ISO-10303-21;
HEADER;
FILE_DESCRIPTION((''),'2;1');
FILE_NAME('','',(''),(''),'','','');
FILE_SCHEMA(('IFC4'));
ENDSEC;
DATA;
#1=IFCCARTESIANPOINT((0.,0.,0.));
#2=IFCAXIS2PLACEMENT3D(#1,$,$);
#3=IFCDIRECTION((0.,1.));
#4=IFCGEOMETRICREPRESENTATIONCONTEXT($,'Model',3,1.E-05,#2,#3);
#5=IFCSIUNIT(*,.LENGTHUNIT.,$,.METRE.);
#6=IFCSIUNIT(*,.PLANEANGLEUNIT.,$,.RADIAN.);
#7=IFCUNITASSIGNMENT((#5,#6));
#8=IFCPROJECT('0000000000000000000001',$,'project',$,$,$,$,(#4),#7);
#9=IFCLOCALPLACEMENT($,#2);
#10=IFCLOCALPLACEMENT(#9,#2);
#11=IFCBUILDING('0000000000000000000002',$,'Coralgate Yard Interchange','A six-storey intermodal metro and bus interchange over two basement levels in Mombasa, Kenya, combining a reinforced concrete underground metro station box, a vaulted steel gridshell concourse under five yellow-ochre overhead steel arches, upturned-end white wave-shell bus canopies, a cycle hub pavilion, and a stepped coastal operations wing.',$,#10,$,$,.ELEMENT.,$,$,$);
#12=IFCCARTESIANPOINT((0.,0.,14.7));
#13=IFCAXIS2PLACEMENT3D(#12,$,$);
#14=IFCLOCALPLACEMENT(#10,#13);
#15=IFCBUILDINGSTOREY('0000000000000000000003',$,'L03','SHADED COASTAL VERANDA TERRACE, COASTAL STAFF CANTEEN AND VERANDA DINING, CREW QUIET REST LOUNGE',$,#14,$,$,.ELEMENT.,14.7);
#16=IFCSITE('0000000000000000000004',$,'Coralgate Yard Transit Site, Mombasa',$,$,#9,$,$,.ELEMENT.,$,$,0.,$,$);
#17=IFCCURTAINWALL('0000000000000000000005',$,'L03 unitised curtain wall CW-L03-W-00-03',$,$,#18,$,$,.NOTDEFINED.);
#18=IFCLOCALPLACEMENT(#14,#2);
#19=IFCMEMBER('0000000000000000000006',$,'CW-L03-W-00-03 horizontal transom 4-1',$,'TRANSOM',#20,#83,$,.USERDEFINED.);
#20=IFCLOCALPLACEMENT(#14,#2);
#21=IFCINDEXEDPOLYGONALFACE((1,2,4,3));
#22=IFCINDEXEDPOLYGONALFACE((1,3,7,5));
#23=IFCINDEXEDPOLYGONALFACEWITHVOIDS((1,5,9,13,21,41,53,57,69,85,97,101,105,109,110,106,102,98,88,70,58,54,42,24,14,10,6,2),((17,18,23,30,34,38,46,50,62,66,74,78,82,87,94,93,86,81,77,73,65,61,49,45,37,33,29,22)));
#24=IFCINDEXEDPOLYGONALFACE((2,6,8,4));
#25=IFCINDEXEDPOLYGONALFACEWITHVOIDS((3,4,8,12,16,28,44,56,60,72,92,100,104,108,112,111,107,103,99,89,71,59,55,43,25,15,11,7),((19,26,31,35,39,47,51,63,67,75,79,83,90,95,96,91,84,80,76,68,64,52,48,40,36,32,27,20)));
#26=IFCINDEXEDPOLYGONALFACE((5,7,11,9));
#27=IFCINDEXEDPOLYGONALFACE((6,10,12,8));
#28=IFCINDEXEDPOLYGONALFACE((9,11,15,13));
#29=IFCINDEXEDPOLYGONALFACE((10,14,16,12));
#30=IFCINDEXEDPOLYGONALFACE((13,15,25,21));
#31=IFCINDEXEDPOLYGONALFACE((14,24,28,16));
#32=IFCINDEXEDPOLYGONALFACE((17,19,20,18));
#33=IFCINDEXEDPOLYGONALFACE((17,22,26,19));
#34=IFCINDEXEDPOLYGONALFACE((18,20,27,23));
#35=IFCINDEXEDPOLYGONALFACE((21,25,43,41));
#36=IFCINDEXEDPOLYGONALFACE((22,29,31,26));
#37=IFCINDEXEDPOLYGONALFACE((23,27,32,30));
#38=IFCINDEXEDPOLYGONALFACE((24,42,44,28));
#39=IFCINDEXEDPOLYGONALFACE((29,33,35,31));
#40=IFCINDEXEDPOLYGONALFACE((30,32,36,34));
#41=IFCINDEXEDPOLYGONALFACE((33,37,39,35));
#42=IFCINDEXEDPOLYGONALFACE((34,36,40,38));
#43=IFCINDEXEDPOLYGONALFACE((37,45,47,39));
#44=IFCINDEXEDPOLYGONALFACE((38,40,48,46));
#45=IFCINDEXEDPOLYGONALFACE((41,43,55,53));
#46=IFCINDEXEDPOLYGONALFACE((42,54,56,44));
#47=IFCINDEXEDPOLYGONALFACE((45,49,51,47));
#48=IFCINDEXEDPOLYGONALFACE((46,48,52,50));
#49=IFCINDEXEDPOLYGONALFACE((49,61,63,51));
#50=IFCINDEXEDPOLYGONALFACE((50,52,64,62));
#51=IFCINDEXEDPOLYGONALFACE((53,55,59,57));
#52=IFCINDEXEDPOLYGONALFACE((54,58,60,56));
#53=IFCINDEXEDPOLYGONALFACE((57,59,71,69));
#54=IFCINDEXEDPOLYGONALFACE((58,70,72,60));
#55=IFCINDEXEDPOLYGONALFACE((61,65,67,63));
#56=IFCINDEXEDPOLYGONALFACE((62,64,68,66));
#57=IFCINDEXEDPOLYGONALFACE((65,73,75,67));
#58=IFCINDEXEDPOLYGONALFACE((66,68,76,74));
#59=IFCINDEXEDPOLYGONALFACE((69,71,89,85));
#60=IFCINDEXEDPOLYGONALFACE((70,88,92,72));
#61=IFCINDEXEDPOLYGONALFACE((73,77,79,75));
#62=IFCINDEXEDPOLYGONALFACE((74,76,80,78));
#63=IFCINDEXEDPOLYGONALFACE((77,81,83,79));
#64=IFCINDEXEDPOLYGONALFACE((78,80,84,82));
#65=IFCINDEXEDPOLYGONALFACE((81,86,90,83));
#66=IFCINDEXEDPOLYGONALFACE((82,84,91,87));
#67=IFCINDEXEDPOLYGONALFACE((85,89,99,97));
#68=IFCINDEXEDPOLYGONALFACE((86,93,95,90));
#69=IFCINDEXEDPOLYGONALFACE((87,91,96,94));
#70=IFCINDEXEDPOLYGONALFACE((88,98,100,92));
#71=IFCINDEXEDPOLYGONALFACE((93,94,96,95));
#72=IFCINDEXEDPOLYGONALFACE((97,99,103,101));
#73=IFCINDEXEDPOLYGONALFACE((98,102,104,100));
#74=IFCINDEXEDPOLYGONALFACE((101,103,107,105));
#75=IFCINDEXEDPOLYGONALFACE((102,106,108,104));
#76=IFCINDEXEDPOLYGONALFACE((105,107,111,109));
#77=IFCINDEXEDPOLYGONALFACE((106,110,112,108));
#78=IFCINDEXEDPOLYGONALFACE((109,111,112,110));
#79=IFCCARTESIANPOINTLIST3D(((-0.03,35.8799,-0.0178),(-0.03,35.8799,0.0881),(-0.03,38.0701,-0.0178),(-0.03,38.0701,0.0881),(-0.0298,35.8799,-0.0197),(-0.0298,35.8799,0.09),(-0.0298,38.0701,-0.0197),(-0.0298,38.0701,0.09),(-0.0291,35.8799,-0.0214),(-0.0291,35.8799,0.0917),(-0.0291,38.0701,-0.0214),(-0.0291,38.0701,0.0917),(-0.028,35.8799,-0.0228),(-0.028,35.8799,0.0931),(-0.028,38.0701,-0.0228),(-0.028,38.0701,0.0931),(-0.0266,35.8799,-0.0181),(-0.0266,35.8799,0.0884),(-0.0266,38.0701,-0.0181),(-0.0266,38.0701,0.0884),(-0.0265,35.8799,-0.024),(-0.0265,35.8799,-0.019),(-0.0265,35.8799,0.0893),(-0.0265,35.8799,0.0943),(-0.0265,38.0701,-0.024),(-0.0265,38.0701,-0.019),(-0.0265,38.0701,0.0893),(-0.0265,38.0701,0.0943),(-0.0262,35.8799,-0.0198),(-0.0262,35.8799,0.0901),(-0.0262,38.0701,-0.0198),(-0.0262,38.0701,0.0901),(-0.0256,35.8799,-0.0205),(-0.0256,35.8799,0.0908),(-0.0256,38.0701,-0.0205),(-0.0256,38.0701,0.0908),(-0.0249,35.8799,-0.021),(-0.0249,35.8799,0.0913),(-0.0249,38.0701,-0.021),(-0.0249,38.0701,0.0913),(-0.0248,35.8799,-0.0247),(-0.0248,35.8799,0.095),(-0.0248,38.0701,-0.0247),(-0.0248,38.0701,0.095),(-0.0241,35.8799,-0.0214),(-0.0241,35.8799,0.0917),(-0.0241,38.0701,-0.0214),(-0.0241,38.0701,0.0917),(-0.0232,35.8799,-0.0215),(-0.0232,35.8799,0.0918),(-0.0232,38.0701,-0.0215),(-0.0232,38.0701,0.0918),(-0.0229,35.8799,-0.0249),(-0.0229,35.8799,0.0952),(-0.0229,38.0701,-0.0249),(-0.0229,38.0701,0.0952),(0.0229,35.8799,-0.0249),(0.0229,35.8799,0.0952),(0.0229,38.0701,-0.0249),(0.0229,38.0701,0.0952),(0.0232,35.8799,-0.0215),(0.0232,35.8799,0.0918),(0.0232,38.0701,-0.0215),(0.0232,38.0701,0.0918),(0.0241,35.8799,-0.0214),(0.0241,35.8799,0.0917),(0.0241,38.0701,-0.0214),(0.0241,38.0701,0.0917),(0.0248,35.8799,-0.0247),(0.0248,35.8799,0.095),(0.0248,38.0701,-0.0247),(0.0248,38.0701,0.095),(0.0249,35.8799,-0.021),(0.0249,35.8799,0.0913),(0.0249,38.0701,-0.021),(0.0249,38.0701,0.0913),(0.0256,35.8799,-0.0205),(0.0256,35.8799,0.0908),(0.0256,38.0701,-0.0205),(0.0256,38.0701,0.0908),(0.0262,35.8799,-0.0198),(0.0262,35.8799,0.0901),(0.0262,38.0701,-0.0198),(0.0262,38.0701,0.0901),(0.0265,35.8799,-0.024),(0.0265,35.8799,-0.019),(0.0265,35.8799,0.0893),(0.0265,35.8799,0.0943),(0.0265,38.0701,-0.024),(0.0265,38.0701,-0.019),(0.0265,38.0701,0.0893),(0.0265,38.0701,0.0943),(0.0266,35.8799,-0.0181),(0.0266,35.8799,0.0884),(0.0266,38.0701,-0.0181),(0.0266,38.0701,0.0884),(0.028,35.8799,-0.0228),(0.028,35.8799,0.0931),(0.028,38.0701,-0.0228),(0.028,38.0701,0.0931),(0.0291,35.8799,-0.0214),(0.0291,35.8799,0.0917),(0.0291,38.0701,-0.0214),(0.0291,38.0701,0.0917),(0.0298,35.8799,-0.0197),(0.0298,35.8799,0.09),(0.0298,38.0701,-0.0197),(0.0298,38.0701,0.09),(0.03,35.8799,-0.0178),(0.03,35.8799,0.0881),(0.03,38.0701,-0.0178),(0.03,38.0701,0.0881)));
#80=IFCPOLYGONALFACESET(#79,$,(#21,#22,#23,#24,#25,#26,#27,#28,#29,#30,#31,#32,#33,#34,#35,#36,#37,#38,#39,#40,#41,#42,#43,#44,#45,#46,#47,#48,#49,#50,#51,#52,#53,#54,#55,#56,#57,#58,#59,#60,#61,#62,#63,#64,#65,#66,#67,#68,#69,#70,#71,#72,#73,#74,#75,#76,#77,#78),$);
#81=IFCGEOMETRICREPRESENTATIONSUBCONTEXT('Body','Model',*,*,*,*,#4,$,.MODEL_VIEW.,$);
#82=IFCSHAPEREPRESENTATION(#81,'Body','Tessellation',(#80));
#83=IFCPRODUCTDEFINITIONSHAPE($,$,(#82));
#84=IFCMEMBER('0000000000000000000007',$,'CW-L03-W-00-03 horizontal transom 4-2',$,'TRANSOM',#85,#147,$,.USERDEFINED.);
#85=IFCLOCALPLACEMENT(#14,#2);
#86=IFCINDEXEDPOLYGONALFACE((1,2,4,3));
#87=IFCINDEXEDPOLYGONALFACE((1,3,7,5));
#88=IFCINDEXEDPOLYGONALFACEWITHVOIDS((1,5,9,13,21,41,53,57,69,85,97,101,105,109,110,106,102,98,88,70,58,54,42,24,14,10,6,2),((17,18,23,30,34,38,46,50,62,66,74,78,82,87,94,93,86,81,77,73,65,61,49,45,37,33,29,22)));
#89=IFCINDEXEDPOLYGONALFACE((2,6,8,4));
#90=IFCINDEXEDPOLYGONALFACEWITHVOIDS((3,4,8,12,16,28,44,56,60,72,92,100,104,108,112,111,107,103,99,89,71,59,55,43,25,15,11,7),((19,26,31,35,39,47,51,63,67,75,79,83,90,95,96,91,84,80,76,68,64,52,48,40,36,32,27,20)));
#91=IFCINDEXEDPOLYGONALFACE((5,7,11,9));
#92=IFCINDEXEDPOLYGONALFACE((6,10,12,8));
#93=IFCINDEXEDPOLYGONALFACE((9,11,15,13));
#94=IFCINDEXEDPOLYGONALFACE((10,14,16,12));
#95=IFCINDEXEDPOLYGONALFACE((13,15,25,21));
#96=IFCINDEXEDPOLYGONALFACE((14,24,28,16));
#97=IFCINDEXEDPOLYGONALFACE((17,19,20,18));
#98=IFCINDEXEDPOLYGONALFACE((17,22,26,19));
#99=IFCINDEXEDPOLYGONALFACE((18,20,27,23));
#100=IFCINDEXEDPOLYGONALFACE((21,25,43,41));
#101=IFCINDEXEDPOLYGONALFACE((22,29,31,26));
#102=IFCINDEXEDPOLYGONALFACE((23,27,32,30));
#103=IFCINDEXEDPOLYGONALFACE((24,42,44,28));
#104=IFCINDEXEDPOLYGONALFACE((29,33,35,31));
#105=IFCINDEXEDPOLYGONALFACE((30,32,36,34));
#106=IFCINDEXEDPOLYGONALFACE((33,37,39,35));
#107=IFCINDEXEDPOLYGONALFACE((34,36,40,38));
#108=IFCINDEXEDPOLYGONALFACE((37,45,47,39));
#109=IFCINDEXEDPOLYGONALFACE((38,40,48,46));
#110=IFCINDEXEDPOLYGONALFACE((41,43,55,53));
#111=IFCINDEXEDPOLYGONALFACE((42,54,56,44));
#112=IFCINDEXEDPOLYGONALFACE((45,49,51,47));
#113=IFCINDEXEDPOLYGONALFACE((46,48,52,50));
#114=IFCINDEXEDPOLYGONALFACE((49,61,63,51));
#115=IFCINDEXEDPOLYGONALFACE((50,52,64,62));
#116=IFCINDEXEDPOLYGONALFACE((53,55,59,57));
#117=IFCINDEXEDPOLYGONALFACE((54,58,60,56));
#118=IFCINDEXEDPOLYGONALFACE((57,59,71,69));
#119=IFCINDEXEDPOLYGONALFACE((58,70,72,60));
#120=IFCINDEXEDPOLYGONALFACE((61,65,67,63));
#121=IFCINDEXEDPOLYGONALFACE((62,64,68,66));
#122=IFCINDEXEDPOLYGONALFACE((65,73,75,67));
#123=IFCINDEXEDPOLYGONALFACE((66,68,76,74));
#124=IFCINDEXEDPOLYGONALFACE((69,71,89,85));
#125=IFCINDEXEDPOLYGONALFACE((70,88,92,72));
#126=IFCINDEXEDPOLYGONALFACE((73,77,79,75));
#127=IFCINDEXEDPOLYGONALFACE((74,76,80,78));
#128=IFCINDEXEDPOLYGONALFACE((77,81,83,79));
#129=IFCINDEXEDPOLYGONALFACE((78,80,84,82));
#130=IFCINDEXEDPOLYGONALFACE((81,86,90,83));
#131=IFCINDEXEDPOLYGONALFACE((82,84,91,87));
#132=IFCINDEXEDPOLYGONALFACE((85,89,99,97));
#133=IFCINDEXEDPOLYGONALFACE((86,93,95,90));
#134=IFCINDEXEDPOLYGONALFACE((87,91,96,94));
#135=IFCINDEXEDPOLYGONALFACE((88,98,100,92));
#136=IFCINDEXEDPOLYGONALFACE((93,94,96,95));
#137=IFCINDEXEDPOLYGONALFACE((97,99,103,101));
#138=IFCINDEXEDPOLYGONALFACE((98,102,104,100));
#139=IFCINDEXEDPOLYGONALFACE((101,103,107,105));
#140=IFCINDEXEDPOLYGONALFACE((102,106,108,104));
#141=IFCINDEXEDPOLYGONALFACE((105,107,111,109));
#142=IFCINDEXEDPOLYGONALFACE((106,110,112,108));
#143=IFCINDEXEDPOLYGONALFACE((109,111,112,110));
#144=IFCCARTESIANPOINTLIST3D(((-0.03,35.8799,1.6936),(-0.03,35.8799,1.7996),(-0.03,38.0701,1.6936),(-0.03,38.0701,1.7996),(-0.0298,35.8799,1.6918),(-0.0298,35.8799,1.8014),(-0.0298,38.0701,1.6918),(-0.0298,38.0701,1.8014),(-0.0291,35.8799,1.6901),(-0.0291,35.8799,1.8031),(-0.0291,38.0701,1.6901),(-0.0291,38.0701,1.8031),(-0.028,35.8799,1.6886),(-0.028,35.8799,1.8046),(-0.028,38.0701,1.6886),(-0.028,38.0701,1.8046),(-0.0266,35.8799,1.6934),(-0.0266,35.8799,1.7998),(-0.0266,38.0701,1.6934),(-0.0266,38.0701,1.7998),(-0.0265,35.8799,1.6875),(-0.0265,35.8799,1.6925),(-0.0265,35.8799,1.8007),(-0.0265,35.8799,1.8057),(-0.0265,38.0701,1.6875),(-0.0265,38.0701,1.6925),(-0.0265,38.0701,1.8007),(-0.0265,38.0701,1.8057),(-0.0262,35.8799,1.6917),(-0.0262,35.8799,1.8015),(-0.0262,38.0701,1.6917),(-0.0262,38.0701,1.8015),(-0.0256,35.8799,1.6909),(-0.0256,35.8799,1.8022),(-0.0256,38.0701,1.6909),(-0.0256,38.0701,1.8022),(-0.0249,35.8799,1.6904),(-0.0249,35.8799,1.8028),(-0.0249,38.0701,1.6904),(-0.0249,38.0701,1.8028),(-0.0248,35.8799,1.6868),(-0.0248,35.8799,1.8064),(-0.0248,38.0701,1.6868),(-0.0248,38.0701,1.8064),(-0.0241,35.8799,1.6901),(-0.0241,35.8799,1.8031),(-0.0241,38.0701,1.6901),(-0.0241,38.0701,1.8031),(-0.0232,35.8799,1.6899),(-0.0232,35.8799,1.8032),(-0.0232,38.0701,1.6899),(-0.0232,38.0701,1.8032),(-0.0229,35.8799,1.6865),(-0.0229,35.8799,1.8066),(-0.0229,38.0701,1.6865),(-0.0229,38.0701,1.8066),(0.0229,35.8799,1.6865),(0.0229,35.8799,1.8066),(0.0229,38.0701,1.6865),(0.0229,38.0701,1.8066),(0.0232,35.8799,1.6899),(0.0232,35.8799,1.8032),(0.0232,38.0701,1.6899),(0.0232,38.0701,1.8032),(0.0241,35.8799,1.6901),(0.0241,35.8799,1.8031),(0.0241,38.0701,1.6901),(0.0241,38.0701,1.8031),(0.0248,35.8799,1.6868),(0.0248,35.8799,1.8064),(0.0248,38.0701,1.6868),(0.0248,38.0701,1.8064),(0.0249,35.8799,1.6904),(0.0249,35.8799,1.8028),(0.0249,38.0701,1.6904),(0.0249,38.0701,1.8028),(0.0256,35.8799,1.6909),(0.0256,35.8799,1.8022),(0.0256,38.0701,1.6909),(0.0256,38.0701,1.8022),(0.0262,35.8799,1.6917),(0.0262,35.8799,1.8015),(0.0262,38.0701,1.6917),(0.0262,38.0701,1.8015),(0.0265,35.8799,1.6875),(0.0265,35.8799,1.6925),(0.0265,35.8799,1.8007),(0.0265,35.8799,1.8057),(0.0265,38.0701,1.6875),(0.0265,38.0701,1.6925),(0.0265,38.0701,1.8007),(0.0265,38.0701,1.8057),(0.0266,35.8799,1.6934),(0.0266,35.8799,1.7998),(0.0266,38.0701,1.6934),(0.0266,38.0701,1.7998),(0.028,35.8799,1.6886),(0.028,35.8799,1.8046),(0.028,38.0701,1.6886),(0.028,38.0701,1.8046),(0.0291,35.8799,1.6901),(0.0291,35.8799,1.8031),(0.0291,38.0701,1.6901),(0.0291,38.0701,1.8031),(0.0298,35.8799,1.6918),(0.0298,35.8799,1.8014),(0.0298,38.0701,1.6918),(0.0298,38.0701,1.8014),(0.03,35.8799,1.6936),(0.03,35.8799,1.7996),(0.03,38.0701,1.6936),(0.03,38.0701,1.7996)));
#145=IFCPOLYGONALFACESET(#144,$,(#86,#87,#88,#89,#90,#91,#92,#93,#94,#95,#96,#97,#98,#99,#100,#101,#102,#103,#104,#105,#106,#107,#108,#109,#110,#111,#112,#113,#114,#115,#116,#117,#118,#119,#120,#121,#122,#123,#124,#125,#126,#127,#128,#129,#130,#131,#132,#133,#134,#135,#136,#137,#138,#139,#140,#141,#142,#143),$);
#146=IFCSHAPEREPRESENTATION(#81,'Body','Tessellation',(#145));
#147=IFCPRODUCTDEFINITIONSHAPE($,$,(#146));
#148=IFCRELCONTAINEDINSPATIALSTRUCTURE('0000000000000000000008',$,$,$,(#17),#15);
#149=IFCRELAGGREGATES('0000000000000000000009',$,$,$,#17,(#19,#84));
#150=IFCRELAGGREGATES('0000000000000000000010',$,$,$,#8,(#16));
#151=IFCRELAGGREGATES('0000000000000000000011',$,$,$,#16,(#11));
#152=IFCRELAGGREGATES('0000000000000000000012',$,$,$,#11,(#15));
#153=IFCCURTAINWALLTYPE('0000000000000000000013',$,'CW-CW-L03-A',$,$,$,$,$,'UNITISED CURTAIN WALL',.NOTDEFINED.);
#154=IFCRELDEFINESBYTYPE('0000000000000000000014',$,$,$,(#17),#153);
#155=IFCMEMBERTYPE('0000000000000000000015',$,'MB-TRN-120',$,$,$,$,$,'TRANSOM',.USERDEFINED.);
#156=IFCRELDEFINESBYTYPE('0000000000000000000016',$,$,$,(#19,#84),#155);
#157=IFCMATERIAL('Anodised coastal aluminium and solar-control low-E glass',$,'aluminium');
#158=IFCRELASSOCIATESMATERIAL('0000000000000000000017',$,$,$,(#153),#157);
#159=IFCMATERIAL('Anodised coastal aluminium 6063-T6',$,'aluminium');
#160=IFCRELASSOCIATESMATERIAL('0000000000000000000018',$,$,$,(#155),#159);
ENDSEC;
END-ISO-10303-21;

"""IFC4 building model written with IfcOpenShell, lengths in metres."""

from ifc_helpers import new_model, si_unit, direction, frame, origin, origin_2d, place, context, subcontext, project, spatial, hollow_rectangle, extrude, material, material_profile, profile_set, type_object, element, aggregate, save


model = new_model("IFC4")

# Units and contexts
model_context = context("Model", 3, precision=1e-05, world=origin(), true_north=direction((0.0, 1.0)))
body_context = subcontext(model_context, "Body", "Model", "MODEL_VIEW")
ifc_project = project(units=[si_unit("LENGTHUNIT", "METRE"), si_unit("PLANEANGLEUNIT", "RADIAN")], contexts=[model_context])

# Site, building, storey
site_placement = place(None, origin())
site = spatial("IfcSite", under=ifc_project, at=site_placement, Name="Coralgate Yard Transit Site, Mombasa", CompositionType="ELEMENT", RefElevation=0.0)
building_placement = place(site_placement, origin())
building = spatial("IfcBuilding", under=site, at=building_placement, Name="Coralgate Yard Interchange", Description="A six-storey intermodal metro and bus interchange over two basement levels in Mombasa, Kenya, combining a reinforced concrete underground metro station box, a vaulted steel gridshell concourse under five yellow-ochre overhead steel arches, upturned-end white wave-shell bus canopies, a cycle hub pavilion, and a stepped coastal operations wing.", CompositionType="ELEMENT")
storey_placement = place(building_placement, frame((0.0, 0.0, 14.7)))
storey = spatial("IfcBuildingStorey", under=building, at=storey_placement, Name="L03", Description="SHADED COASTAL VERANDA TERRACE, COASTAL STAFF CANTEEN AND VERANDA DINING, CREW QUIET REST LOUNGE", CompositionType="ELEMENT", Elevation=14.7)

# Curtain wall, members
ifc_material_1 = material(Name="Anodised coastal aluminium and solar-control low-E glass", Category="aluminium")
curtain_wall_type = type_object("IfcCurtainWallType", Name="CW-CW-L03-A", ElementType="UNITISED CURTAIN WALL", PredefinedType="NOTDEFINED", material=ifc_material_1)
curtain_wall_placement = place(storey_placement, origin())
curtain_wall = element("IfcCurtainWall", 1, at=curtain_wall_placement, inside=storey, type_object=curtain_wall_type, Name="L03 unitised curtain wall CW-L03-W-00-03", PredefinedType="NOTDEFINED")
ifc_material_2 = material(Name="Anodised coastal aluminium 6063-T6", Category="aluminium")
ifc_material_profile_1 = material_profile(ifc_material_2, hollow_rectangle(XDim=0.0601, YDim=0.1201, WallThickness=0.0034, InnerFilletRadius=0.0034, OuterFilletRadius=0.0071, at=origin_2d()), Name="ALU 60x120x3.5")
ifc_profile_set_1 = profile_set([ifc_material_profile_1], Name="Anodised coastal aluminium 6063-T6")
member_type_1 = type_object("IfcMemberType", Name="MB-TRN-120", ElementType="TRANSOM", PredefinedType="USERDEFINED", material=ifc_profile_set_1)
member_1_placement = place(storey_placement, frame((0.0, 35.8799, 0.0352), z_axis=(0.0, 1.0, 0.0), x_axis=(-1.0, 0.0, 0.0)))
member_1 = element("IfcMember", 2, at=member_1_placement, type_object=member_type_1, Name="CW-L03-W-00-03 horizontal transom 4-1", ObjectType="TRANSOM", PredefinedType="USERDEFINED", context=body_context, shape_type="SweptSolid", body=[
    extrude(hollow_rectangle(XDim=0.0601, YDim=0.1201, WallThickness=0.0034, InnerFilletRadius=0.0034, OuterFilletRadius=0.0071, at=origin_2d()), origin(), (0.0, 0.0, 1.0), 2.1902),
])
member_2_placement = place(storey_placement, frame((0.0, 35.8799, 1.7466), z_axis=(0.0, 1.0, 0.0), x_axis=(-1.0, 0.0, 0.0)))
member_2 = element("IfcMember", 3, at=member_2_placement, type_object=member_type_1, Name="CW-L03-W-00-03 horizontal transom 4-2", ObjectType="TRANSOM", PredefinedType="USERDEFINED", context=body_context, shape_type="SweptSolid", body=[
    extrude(hollow_rectangle(XDim=0.0601, YDim=0.1201, WallThickness=0.0034, InnerFilletRadius=0.0034, OuterFilletRadius=0.0071, at=origin_2d()), origin(), (0.0, 0.0, 1.0), 2.1902),
])
aggregate(curtain_wall, [member_1, member_2])

save(model, "model.ifc")
